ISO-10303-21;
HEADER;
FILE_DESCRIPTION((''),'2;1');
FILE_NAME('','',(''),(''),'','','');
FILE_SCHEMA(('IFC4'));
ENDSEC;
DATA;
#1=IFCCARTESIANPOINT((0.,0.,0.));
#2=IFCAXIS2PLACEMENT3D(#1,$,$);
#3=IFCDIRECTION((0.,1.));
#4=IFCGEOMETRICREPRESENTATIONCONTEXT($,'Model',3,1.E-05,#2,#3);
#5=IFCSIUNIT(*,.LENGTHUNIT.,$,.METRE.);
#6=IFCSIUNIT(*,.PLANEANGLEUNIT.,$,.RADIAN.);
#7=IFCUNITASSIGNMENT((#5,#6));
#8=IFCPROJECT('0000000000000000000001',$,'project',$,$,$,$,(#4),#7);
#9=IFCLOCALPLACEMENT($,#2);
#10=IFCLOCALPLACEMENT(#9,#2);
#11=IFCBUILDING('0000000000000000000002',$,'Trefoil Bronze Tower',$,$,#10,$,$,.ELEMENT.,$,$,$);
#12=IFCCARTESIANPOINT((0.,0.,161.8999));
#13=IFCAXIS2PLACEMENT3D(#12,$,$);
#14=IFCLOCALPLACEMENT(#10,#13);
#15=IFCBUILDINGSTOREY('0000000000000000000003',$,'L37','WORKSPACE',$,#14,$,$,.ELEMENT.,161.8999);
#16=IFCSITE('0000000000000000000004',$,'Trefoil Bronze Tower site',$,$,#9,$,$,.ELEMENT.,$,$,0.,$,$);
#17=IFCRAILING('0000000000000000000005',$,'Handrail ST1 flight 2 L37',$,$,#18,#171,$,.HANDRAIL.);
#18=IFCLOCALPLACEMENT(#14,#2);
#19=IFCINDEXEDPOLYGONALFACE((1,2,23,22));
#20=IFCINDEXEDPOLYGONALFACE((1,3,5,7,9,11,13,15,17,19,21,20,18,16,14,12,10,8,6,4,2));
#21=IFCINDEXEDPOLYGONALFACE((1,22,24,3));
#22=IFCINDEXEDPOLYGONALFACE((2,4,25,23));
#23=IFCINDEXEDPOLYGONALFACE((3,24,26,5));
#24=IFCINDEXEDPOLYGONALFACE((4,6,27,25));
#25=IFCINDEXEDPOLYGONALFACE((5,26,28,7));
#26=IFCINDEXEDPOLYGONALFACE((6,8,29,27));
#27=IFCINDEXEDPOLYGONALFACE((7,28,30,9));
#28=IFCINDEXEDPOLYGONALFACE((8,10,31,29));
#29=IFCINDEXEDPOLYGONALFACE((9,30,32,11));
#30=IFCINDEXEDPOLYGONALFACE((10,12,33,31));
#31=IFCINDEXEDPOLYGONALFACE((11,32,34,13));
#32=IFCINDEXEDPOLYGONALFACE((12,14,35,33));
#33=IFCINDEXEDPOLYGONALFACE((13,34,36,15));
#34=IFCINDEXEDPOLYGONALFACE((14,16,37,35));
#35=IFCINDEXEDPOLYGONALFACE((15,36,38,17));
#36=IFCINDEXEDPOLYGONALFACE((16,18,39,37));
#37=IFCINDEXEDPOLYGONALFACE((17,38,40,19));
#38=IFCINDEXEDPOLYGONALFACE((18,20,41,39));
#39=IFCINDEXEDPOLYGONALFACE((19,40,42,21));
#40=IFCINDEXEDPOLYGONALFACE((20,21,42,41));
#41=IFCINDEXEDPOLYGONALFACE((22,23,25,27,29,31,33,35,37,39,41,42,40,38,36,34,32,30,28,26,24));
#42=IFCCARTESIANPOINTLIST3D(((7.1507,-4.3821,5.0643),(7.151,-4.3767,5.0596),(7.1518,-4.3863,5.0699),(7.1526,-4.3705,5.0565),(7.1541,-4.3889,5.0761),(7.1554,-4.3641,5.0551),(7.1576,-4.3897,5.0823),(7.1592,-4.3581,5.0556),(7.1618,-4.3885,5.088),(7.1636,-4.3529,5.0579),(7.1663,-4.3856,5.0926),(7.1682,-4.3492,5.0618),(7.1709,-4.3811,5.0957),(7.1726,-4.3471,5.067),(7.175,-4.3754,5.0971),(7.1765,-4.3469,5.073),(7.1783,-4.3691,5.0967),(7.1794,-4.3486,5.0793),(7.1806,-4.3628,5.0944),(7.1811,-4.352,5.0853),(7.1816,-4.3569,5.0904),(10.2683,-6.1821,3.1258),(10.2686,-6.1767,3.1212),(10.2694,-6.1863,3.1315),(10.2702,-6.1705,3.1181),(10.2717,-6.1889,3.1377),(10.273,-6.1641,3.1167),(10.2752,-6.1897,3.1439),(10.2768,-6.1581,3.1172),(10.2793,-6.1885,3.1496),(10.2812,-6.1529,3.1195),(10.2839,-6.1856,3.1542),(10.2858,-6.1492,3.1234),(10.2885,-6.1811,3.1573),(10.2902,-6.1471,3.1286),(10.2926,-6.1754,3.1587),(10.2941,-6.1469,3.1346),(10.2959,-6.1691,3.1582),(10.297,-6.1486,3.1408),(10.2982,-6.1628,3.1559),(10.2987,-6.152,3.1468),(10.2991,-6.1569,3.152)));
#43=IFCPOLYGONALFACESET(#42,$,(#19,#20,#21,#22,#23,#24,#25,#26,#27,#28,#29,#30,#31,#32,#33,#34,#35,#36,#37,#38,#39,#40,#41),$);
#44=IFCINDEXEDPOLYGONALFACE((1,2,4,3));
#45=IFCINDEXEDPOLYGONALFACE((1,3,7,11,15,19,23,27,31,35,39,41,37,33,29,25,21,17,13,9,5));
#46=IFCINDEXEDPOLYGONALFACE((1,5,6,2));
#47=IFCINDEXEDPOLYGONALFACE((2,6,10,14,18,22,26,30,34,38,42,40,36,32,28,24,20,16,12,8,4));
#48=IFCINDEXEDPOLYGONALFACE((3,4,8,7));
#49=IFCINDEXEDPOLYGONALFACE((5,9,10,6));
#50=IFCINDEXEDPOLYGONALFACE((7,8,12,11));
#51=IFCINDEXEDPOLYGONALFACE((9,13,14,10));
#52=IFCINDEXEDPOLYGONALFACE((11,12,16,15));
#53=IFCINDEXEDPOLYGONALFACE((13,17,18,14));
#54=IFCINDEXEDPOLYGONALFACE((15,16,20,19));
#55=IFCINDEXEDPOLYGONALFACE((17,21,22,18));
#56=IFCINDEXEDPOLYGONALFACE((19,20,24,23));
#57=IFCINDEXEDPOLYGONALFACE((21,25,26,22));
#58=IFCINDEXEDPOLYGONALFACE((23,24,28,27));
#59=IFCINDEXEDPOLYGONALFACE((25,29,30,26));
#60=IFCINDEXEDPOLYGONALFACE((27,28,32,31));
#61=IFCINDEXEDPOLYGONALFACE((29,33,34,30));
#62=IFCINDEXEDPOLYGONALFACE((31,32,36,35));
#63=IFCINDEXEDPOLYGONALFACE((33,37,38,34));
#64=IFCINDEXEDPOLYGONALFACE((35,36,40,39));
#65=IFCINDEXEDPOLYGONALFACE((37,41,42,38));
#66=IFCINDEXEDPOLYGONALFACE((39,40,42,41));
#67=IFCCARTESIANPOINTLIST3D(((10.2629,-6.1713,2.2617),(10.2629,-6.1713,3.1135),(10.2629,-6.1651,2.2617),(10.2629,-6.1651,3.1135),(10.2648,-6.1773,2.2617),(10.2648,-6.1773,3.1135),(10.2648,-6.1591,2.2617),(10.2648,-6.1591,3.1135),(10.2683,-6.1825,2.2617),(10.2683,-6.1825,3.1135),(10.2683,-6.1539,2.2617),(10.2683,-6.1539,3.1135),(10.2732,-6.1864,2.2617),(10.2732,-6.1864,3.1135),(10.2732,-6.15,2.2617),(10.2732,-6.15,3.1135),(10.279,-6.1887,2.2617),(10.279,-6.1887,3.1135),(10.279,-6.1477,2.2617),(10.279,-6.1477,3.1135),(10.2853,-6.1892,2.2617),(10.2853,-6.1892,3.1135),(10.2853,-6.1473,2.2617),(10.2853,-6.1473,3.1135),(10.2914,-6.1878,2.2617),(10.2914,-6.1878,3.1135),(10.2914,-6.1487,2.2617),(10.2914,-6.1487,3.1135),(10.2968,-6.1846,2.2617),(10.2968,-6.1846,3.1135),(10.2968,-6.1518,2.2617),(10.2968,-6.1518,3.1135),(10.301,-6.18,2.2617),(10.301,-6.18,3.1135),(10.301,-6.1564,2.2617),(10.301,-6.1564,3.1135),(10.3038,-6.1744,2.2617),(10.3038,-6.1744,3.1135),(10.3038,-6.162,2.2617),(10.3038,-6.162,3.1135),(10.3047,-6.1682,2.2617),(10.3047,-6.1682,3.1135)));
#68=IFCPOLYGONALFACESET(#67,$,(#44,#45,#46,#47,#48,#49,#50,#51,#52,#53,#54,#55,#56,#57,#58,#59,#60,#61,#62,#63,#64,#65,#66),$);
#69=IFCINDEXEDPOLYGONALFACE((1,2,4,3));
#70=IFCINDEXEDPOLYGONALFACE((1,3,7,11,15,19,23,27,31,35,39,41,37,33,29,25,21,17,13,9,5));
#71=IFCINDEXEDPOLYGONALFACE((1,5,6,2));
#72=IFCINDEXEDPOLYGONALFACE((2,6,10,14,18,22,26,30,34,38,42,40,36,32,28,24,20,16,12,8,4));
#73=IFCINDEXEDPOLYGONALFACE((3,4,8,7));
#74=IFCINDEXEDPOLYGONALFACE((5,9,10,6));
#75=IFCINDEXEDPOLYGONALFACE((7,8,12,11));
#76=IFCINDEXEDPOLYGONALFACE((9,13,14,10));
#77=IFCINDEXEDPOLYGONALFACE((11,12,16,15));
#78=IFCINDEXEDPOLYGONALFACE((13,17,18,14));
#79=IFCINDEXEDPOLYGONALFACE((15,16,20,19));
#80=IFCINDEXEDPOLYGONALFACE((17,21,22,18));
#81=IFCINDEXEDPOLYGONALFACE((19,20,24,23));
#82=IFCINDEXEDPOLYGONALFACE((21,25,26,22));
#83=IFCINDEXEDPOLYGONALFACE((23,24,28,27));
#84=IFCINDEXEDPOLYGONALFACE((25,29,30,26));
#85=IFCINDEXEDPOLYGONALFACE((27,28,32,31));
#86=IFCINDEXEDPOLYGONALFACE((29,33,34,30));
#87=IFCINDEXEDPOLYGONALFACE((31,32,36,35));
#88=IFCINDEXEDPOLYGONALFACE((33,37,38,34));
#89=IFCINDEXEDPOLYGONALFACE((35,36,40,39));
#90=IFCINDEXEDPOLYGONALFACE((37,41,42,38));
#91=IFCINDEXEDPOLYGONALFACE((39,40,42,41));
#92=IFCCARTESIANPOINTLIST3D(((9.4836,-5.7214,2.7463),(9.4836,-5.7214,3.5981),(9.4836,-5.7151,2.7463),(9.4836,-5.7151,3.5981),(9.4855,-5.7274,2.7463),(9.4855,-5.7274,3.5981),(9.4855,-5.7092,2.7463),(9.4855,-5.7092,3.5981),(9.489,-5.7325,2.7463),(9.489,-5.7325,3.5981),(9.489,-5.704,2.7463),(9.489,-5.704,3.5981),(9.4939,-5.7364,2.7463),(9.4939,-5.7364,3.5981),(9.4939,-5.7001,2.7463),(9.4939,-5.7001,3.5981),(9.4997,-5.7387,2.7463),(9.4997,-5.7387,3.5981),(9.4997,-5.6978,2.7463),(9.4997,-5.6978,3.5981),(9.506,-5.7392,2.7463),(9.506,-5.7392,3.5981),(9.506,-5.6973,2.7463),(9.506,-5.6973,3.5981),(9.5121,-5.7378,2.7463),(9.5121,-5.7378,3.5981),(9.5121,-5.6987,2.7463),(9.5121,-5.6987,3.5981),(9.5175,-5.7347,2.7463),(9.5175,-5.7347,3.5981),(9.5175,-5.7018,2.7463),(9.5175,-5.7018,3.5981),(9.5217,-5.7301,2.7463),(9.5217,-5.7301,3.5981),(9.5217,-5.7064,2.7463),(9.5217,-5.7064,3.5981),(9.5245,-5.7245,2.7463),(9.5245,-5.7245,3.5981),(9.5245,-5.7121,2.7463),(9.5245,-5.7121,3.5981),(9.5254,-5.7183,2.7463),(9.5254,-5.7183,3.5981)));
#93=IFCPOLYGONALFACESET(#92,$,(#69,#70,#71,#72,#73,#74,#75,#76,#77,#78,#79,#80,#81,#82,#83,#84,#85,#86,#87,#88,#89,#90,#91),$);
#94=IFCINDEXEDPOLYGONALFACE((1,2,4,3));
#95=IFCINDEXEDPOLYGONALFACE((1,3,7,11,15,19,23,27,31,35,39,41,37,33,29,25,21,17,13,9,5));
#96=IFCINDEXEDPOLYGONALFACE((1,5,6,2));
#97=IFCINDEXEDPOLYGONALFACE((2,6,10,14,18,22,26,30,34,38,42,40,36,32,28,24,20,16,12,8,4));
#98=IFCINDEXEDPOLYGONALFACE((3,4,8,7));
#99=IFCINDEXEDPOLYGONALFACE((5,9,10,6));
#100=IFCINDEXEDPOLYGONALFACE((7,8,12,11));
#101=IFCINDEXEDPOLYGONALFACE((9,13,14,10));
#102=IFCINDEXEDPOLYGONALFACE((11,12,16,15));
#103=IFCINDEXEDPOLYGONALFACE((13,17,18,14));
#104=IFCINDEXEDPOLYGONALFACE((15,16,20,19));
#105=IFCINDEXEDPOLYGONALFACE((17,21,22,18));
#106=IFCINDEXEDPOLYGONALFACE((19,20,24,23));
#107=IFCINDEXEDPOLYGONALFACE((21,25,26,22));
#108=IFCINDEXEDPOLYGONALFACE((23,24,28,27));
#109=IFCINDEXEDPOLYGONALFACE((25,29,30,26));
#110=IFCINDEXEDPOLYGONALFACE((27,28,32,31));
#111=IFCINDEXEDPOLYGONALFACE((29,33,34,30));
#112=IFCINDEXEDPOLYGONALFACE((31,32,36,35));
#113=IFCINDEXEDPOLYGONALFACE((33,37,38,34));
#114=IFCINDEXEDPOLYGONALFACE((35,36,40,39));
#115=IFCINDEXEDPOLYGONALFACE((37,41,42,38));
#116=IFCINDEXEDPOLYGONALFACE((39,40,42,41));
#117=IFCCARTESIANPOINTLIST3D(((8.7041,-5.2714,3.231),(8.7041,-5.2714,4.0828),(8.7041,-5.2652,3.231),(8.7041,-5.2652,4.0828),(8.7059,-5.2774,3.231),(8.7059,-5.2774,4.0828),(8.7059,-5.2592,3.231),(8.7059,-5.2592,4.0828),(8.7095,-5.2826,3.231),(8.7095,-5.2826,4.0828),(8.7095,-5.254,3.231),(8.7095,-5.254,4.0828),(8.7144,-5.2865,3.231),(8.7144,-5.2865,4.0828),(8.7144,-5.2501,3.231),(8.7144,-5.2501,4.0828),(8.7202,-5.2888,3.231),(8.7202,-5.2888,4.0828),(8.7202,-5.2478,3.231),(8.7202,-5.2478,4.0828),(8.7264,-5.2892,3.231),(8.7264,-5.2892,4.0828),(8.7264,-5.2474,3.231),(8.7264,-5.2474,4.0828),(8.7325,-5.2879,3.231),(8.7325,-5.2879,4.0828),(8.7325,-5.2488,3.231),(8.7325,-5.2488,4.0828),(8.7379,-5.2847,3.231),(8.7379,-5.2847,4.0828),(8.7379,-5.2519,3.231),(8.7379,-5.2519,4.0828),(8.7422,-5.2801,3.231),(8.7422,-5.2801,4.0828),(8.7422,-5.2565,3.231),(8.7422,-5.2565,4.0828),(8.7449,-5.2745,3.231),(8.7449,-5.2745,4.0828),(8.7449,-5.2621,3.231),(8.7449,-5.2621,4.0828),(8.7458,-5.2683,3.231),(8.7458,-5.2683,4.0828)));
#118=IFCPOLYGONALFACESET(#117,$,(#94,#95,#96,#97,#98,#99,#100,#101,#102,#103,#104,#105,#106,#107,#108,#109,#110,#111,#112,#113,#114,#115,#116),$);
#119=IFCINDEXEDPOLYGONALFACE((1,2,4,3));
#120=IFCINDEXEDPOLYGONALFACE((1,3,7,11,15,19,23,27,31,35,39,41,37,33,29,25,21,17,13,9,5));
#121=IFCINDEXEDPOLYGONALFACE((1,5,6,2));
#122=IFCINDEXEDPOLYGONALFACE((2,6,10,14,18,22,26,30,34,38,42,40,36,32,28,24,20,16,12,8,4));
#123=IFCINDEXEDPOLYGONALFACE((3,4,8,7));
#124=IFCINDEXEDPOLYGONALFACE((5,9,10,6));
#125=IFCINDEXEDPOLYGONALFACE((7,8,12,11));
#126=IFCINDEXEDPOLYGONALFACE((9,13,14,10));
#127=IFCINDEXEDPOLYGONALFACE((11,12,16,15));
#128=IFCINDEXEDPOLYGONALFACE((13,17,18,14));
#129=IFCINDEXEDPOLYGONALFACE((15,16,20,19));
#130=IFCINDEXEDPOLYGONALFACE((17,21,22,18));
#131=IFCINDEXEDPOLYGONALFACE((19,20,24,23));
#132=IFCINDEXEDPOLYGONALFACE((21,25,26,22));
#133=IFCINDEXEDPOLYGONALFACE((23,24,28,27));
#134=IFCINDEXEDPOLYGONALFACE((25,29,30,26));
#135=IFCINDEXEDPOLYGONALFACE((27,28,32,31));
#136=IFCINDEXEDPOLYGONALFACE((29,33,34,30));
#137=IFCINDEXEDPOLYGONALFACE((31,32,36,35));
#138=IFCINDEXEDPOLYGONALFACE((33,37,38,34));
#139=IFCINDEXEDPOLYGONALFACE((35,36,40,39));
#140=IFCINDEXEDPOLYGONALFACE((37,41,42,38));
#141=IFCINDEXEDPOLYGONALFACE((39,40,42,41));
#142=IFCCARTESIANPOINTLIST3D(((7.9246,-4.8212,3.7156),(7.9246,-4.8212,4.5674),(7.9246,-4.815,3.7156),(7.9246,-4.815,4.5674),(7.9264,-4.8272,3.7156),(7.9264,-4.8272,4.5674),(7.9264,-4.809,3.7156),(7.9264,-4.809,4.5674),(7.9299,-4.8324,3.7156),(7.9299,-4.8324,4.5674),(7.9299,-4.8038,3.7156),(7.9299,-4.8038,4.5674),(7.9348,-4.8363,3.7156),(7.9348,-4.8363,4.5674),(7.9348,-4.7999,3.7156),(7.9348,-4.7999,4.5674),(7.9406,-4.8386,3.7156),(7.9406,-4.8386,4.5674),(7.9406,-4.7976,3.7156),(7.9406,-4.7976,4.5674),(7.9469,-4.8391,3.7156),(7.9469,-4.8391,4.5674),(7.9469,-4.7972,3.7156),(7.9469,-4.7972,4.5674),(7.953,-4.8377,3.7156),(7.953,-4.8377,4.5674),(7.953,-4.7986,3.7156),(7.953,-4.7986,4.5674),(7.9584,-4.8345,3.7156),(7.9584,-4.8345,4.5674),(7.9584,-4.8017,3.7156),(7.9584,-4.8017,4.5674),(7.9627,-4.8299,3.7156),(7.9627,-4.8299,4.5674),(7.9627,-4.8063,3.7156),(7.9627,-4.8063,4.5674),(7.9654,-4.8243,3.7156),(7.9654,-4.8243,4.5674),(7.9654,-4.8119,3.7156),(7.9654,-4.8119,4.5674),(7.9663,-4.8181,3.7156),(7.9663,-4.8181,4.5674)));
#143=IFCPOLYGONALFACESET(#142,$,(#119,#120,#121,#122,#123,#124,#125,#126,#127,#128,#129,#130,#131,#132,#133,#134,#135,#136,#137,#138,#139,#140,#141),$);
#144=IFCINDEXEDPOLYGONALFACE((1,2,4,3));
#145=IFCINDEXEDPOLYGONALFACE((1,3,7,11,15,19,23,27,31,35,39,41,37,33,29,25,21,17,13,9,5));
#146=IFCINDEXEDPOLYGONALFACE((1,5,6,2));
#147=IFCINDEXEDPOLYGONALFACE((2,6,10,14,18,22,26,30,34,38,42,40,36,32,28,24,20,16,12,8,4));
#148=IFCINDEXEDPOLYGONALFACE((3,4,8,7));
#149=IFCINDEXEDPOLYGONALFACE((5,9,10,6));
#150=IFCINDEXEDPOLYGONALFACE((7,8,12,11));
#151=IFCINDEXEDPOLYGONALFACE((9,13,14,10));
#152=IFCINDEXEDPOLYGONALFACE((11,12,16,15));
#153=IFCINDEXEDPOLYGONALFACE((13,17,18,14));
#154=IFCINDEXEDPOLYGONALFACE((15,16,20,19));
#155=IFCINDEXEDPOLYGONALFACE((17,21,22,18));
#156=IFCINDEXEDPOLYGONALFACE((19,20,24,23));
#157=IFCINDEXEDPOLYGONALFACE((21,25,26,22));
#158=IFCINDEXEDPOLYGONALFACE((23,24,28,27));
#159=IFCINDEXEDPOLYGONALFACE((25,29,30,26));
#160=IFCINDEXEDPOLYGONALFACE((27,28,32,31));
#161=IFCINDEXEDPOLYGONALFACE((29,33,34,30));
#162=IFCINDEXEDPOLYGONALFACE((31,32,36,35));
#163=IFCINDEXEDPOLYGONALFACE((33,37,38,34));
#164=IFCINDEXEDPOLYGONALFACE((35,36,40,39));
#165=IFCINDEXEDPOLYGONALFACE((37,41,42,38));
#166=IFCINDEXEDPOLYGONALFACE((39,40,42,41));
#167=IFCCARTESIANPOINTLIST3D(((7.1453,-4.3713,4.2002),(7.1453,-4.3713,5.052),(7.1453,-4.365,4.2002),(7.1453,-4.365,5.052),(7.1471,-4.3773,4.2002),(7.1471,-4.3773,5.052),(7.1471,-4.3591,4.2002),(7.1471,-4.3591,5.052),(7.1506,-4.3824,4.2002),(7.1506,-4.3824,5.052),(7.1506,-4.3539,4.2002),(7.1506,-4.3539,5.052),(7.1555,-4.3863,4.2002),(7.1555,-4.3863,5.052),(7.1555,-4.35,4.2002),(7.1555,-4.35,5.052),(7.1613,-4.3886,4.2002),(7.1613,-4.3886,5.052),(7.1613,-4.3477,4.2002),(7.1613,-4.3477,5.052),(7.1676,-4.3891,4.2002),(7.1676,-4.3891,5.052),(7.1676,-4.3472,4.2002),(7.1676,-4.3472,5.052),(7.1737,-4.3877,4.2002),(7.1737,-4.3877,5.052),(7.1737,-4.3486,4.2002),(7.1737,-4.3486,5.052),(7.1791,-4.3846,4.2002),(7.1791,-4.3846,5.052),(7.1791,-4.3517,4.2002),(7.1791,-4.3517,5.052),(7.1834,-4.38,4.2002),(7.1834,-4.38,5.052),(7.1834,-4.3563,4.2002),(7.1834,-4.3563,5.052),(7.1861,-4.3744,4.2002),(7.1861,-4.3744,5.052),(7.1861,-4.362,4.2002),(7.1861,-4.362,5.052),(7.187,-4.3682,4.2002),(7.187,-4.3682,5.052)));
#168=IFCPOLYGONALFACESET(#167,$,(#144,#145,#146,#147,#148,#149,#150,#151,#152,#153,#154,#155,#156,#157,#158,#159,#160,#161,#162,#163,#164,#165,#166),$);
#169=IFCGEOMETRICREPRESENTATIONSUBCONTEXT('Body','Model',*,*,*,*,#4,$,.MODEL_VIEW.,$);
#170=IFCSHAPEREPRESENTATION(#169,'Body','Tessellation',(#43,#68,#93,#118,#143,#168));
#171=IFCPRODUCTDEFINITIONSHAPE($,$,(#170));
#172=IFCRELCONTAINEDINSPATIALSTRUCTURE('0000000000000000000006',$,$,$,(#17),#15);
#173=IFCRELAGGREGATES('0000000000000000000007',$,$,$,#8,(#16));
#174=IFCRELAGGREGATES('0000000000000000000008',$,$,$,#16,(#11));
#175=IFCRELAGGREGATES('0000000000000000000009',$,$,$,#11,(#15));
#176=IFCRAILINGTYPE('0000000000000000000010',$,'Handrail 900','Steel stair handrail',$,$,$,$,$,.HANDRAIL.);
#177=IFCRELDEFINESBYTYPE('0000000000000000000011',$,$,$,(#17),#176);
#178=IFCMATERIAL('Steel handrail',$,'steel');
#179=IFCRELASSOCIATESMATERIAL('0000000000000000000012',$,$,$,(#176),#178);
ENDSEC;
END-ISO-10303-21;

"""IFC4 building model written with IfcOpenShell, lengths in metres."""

from ifc_helpers import new_model, si_unit, direction, frame, origin, origin_2d, place, context, subcontext, project, spatial, circle, extrude, material, type_object, element, save


model = new_model("IFC4")

# Units and contexts
model_context = context("Model", 3, precision=1e-05, world=origin(), true_north=direction((0.0, 1.0)))
body_context = subcontext(model_context, "Body", "Model", "MODEL_VIEW")
ifc_project = project(units=[si_unit("LENGTHUNIT", "METRE"), si_unit("PLANEANGLEUNIT", "RADIAN")], contexts=[model_context])

# Site, building, storey
site_placement = place(None, origin())
site = spatial("IfcSite", under=ifc_project, at=site_placement, Name="Trefoil Bronze Tower site", CompositionType="ELEMENT", RefElevation=0.0)
building_placement = place(site_placement, origin())
building = spatial("IfcBuilding", under=site, at=building_placement, Name="Trefoil Bronze Tower", CompositionType="ELEMENT")
storey_placement = place(building_placement, frame((0.0, 0.0, 161.8999)))
storey = spatial("IfcBuildingStorey", under=building, at=storey_placement, Name="L37", Description="WORKSPACE", CompositionType="ELEMENT", Elevation=161.8999)

# Railing
ifc_material_1 = material(Name="Steel handrail", Category="steel")
railing_type = type_object("IfcRailingType", Name="Handrail 900", Description="Steel stair handrail", PredefinedType="HANDRAIL", material=ifc_material_1)
railing_1_placement = place(storey_placement, frame((10.2837, -6.1682, 2.2617)))
element("IfcRailing", 1, at=railing_1_placement, inside=storey, type_object=railing_type, Name="Handrail ST1 flight 2 L37", PredefinedType="HANDRAIL", context=body_context, shape_type="SweptSolid", body=[
    extrude(circle(Radius=0.0239, at=origin_2d()), frame((0.0, 0.0, 0.876), z_axis=(-0.762503, 0.440246, 0.474102), x_axis=(-0.500012, -0.866018, 0.0)), (0.0, 0.0, 1.0), 4.0886),
    extrude(circle(Radius=0.021, at=origin_2d()), origin(), (0.0, 0.0, 1.0), 0.8518),
    extrude(circle(Radius=0.021, at=origin_2d()), frame((-0.7793, 0.45, 0.4846)), (0.0, 0.0, 1.0), 0.8518),
    extrude(circle(Radius=0.021, at=origin_2d()), frame((-1.5588, 0.8999, 0.9692)), (0.0, 0.0, 1.0), 0.8518),
    extrude(circle(Radius=0.021, at=origin_2d()), frame((-2.3384, 1.3501, 1.4539)), (0.0, 0.0, 1.0), 0.8518),
    extrude(circle(Radius=0.021, at=origin_2d()), frame((-3.1177, 1.8, 1.9385)), (0.0, 0.0, 1.0), 0.8518),
])

save(model, "model.ifc")
